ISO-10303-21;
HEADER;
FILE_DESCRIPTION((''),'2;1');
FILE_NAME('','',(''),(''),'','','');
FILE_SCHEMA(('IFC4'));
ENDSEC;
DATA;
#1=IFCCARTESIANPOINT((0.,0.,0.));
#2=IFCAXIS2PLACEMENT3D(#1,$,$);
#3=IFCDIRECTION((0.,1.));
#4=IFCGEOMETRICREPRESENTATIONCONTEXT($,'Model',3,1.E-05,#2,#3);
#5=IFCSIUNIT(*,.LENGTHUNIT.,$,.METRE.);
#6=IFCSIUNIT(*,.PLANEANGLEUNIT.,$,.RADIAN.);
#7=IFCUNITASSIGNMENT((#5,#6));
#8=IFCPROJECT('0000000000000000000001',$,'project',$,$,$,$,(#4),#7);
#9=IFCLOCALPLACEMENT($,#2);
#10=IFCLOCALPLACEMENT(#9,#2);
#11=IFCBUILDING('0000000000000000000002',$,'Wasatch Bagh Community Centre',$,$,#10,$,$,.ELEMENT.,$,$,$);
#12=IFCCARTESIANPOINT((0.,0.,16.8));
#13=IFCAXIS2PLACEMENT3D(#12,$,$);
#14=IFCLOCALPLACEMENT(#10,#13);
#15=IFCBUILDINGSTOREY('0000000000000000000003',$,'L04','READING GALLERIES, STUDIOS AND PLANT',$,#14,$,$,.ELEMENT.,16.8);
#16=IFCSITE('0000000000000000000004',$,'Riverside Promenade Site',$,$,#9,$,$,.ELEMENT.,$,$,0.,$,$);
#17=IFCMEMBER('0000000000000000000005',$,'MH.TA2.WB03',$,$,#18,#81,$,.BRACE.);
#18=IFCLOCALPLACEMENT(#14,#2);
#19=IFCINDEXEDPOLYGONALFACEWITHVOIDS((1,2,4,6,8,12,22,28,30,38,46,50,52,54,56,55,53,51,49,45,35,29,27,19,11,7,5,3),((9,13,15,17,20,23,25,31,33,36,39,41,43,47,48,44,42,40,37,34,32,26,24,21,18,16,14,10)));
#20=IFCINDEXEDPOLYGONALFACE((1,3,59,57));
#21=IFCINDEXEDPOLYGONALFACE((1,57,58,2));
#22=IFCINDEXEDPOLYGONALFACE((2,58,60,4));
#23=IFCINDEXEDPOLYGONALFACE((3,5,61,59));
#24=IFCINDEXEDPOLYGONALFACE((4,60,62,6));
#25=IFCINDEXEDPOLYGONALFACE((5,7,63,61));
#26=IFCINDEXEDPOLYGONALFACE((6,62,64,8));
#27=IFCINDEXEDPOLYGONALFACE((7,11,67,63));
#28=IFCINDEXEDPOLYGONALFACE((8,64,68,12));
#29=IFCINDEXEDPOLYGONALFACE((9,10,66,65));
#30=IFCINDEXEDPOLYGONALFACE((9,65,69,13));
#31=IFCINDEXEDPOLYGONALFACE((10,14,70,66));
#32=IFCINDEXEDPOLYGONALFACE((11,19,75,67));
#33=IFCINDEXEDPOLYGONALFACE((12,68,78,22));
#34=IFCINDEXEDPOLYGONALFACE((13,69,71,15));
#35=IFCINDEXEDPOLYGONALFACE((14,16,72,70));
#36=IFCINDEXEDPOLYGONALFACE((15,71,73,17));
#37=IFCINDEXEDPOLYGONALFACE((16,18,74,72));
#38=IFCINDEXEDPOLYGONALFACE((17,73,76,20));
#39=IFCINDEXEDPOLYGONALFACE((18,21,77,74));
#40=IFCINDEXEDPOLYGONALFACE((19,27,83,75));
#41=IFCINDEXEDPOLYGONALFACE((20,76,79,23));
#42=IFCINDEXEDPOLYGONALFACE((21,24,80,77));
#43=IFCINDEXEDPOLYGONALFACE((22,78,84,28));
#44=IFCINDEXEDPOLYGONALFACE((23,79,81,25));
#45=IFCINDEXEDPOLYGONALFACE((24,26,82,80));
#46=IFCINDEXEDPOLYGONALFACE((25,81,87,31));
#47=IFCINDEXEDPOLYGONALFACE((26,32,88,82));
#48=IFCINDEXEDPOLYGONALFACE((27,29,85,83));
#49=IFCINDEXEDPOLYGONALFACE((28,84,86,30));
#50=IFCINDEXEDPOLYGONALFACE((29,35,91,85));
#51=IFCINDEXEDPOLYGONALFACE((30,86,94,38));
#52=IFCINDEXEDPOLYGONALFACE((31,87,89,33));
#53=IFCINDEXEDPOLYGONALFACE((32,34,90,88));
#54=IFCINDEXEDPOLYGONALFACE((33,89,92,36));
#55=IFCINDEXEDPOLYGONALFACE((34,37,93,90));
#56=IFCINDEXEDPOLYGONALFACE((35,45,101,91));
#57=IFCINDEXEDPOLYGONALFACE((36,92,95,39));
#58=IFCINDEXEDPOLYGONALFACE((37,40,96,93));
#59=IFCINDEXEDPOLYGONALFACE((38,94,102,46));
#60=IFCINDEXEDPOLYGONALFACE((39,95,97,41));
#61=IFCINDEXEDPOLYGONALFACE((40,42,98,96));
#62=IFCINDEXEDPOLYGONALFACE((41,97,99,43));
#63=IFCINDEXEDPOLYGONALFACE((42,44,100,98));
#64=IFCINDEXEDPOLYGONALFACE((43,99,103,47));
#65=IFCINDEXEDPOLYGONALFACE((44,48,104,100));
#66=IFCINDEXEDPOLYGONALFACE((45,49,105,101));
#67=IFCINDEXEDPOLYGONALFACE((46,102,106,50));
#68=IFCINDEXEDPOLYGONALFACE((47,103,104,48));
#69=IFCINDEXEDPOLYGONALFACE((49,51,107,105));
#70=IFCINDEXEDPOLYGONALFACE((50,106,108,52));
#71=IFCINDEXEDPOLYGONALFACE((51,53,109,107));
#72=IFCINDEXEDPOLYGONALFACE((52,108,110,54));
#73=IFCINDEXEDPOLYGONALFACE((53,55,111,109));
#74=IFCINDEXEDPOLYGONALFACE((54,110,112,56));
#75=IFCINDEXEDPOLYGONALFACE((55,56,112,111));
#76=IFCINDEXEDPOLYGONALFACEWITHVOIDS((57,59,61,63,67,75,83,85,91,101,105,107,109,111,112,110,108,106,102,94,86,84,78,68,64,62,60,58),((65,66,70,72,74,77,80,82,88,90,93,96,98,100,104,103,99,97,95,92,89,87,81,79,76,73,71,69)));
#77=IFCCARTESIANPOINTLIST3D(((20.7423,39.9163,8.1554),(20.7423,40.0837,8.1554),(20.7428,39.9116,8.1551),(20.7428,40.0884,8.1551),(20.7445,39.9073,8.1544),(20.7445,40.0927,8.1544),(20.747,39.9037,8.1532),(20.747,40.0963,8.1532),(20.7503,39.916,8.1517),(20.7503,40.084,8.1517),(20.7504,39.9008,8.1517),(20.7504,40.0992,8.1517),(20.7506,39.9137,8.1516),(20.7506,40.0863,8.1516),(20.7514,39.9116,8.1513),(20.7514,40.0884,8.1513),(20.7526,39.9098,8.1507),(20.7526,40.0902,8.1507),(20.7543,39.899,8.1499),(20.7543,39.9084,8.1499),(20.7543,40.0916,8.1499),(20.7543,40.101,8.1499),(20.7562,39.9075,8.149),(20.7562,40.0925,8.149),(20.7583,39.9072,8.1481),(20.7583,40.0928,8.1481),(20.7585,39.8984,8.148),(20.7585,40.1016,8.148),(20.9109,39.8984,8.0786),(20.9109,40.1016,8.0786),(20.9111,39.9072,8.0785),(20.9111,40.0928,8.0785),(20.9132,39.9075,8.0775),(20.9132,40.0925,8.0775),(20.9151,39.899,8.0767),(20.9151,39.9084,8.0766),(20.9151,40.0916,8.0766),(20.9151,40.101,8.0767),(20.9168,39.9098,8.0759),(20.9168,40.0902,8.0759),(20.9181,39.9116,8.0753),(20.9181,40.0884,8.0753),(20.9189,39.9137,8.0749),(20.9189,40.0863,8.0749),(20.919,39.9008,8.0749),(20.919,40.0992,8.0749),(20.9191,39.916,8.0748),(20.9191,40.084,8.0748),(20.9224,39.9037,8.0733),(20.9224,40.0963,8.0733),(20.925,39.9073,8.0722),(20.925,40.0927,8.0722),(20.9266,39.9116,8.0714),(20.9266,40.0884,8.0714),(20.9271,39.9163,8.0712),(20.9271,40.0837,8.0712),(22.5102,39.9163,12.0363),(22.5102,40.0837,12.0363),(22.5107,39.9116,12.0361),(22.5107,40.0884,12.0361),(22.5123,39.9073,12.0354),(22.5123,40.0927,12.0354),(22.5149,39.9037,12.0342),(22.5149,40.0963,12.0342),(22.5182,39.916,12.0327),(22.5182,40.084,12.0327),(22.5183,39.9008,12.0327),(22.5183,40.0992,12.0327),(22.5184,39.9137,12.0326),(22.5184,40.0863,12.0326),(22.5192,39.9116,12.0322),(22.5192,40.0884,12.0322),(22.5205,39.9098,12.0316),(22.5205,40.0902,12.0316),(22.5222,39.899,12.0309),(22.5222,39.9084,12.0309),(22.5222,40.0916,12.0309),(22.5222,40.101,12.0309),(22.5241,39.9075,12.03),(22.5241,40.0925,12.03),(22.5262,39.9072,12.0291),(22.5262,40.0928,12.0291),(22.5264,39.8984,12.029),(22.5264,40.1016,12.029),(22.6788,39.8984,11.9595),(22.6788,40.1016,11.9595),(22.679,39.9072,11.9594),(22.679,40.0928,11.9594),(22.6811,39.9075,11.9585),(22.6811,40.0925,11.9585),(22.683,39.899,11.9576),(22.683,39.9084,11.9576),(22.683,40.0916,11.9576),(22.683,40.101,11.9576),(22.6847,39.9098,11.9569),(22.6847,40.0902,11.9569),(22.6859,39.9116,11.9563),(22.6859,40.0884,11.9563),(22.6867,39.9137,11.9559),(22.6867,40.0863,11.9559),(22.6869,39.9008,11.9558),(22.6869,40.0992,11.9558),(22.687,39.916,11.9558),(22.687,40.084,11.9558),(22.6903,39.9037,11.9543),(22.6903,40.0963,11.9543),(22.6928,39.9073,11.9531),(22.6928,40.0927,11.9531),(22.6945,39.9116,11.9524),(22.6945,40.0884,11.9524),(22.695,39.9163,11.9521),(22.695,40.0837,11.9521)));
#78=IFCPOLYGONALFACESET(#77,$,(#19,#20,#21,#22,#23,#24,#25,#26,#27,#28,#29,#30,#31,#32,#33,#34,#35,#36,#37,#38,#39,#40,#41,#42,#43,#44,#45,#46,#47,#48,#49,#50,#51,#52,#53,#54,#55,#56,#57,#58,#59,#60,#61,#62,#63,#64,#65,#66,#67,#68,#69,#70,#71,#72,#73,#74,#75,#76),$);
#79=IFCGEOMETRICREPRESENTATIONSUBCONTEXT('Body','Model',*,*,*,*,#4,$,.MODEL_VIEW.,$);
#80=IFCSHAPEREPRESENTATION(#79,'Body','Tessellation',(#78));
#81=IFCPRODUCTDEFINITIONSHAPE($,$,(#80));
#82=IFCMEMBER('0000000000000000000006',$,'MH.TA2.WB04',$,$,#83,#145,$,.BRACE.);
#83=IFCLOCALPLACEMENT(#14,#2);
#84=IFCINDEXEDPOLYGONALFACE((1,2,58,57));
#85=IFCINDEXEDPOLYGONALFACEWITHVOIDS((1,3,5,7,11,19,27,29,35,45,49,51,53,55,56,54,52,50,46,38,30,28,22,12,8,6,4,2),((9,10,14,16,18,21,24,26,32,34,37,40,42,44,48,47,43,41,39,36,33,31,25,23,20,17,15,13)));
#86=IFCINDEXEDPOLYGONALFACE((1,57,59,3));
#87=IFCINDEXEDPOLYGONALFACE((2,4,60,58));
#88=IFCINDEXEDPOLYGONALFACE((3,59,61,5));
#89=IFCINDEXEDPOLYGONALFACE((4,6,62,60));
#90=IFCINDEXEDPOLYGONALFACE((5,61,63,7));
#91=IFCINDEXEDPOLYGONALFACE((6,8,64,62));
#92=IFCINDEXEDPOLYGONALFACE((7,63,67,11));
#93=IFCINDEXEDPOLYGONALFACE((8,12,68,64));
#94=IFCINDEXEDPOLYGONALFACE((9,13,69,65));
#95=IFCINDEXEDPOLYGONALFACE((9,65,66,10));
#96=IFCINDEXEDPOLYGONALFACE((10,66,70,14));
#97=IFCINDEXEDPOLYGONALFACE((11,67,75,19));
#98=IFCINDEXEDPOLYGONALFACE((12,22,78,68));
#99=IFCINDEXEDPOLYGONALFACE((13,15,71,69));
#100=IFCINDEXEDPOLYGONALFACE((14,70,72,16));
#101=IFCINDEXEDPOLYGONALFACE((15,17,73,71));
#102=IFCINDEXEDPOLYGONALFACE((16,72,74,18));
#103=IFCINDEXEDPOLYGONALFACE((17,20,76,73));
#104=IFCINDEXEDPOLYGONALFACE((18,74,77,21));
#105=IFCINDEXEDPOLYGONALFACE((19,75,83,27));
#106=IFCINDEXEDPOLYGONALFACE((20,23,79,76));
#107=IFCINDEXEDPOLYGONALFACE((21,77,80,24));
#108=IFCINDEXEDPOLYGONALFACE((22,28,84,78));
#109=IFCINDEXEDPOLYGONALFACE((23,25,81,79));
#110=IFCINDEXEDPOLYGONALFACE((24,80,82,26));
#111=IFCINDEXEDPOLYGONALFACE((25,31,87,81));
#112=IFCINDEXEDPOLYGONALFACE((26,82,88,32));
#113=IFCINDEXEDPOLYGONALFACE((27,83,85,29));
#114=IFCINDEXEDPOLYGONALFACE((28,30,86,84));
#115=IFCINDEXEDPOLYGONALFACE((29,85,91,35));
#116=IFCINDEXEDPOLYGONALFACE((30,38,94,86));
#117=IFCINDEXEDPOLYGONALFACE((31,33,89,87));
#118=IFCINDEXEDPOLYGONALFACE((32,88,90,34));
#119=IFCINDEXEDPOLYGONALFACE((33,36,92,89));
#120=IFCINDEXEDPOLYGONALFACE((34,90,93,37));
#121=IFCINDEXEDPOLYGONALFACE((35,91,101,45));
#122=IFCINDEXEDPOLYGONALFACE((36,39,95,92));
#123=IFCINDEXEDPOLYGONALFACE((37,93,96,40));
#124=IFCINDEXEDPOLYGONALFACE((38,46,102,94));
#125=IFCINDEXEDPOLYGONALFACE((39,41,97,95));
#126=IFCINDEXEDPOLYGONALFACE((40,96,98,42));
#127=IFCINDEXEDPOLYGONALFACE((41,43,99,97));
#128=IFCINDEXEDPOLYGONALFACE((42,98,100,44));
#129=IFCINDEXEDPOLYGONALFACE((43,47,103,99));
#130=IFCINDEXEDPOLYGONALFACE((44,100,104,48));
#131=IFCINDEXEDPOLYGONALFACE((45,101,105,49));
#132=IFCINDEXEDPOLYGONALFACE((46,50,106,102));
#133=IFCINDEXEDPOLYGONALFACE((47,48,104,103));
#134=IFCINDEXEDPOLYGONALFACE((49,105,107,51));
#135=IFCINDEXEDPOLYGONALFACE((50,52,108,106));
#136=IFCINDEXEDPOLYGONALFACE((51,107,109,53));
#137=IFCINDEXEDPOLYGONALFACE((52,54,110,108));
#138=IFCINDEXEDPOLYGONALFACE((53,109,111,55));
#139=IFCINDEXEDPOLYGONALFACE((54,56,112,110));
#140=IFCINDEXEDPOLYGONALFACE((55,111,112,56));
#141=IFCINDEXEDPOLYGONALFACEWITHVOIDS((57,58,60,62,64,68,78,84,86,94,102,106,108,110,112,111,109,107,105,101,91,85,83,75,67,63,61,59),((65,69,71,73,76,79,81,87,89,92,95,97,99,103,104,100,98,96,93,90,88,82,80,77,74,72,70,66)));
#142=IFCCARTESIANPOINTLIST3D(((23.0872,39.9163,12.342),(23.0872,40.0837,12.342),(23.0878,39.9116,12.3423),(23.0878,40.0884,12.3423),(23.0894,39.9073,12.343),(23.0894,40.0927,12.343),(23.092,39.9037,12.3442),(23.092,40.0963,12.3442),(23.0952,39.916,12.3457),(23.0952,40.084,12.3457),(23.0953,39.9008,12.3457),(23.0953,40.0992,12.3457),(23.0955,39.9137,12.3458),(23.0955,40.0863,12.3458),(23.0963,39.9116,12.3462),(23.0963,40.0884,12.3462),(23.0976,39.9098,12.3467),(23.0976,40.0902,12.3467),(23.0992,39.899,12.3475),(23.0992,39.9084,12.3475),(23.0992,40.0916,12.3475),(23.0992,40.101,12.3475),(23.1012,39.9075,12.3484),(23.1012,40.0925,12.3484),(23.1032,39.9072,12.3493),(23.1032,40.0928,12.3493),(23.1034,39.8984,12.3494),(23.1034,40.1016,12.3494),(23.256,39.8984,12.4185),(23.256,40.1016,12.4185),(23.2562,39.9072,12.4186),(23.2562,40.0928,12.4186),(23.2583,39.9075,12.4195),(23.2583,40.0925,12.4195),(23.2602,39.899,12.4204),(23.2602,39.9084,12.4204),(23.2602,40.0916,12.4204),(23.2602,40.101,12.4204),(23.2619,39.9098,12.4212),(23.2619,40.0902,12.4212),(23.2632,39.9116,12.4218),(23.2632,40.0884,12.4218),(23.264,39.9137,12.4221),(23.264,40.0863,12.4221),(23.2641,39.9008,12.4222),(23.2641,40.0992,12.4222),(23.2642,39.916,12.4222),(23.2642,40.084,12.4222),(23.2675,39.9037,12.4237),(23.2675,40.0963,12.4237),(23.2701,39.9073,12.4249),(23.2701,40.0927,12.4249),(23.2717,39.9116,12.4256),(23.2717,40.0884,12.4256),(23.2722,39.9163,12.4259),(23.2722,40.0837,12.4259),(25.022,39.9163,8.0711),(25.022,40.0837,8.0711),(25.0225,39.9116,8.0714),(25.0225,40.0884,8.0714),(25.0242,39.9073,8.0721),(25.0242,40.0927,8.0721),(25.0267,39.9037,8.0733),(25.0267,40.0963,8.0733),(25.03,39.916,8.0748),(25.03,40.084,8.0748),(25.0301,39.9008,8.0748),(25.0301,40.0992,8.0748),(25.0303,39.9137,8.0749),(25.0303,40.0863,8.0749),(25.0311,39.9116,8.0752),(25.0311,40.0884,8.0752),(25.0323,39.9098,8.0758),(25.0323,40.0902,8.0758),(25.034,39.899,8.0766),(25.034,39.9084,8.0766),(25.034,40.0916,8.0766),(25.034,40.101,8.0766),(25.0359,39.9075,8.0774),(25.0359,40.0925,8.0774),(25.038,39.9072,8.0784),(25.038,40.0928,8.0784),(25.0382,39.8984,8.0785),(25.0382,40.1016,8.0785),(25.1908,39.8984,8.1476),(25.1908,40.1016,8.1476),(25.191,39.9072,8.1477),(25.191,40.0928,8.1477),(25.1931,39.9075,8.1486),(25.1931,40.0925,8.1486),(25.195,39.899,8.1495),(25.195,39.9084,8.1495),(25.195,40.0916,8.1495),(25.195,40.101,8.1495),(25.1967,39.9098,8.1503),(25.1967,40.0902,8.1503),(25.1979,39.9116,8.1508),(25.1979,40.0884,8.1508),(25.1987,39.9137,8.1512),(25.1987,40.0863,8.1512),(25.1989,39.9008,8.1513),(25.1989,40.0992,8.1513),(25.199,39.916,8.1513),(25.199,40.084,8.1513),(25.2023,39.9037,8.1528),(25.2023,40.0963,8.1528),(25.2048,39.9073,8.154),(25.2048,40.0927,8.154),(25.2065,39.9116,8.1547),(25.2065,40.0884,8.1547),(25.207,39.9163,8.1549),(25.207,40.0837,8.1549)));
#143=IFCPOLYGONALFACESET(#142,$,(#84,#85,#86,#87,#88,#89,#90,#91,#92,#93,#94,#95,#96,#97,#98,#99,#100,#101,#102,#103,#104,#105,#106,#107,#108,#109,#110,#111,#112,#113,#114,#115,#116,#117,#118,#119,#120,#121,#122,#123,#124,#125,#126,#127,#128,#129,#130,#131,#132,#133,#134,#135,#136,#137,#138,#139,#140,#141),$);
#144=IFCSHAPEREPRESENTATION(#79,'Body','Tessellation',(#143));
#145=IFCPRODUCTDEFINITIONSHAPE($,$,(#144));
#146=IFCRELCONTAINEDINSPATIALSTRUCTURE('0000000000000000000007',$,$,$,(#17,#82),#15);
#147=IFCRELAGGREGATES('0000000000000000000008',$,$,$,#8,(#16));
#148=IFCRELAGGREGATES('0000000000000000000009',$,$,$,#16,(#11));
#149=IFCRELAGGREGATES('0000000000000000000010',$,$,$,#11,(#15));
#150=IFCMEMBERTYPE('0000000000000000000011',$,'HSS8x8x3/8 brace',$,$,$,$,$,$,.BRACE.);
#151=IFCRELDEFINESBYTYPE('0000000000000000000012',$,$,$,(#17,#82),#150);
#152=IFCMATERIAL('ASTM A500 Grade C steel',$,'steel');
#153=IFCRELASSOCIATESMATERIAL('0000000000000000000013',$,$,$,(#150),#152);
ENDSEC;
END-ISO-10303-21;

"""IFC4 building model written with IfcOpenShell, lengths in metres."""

from ifc_helpers import new_model, si_unit, direction, frame, origin, origin_2d, place, context, subcontext, project, spatial, hollow_rectangle, extrude, material, material_profile, profile_set, type_object, element, save


model = new_model("IFC4")

# Units and contexts
model_context = context("Model", 3, precision=1e-05, world=origin(), true_north=direction((0.0, 1.0)))
body_context = subcontext(model_context, "Body", "Model", "MODEL_VIEW")
ifc_project = project(units=[si_unit("LENGTHUNIT", "METRE"), si_unit("PLANEANGLEUNIT", "RADIAN")], contexts=[model_context])

# Site, building, storey
site_placement = place(None, origin())
site = spatial("IfcSite", under=ifc_project, at=site_placement, Name="Riverside Promenade Site", CompositionType="ELEMENT", RefElevation=0.0)
building_placement = place(site_placement, origin())
building = spatial("IfcBuilding", under=site, at=building_placement, Name="Wasatch Bagh Community Centre", CompositionType="ELEMENT")
storey_placement = place(building_placement, frame((0.0, 0.0, 16.8)))
storey = spatial("IfcBuildingStorey", under=building, at=storey_placement, Name="L04", Description="READING GALLERIES, STUDIOS AND PLANT", CompositionType="ELEMENT", Elevation=16.8)

# Members
ifc_material_1 = material(Name="ASTM A500 Grade C steel", Category="steel")
ifc_material_profile_1 = material_profile(ifc_material_1, hollow_rectangle(XDim=0.2031, YDim=0.2031, WallThickness=0.0088, InnerFilletRadius=0.0088, OuterFilletRadius=0.0178, at=origin_2d()), Name="HSS8x8x3/8")
ifc_profile_set_1 = profile_set([ifc_material_profile_1], Name="ASTM A500 Grade C steel")
member_type_1 = type_object("IfcMemberType", Name="HSS8x8x3/8 brace", PredefinedType="BRACE", material=ifc_profile_set_1)
member_1_placement = place(storey_placement, frame((20.8347, 40.0, 8.1133), z_axis=(0.41454, 0.0, 0.910031), x_axis=(0.0, 1.0, 0.0)))
element("IfcMember", 1, at=member_1_placement, inside=storey, type_object=member_type_1, Name="MH.TA2.WB03", PredefinedType="BRACE", context=body_context, shape_type="SweptSolid", body=[
    extrude(hollow_rectangle(XDim=0.2031, YDim=0.2031, WallThickness=0.0088, InnerFilletRadius=0.0088, OuterFilletRadius=0.0178, at=origin_2d()), origin(), (0.0, 0.0, 1.0), 4.2646),
])
member_2_placement = place(storey_placement, frame((25.1145, 40.0, 8.113), z_axis=(-0.412645, 0.0, 0.910892), x_axis=(0.0, -1.0, 0.0)))
element("IfcMember", 2, at=member_2_placement, inside=storey, type_object=member_type_1, Name="MH.TA2.WB04", PredefinedType="BRACE", context=body_context, shape_type="SweptSolid", body=[
    extrude(hollow_rectangle(XDim=0.2031, YDim=0.2031, WallThickness=0.0088, InnerFilletRadius=0.0088, OuterFilletRadius=0.0178, at=origin_2d()), origin(), (0.0, 0.0, 1.0), 4.6887),
])

save(model, "model.ifc")
